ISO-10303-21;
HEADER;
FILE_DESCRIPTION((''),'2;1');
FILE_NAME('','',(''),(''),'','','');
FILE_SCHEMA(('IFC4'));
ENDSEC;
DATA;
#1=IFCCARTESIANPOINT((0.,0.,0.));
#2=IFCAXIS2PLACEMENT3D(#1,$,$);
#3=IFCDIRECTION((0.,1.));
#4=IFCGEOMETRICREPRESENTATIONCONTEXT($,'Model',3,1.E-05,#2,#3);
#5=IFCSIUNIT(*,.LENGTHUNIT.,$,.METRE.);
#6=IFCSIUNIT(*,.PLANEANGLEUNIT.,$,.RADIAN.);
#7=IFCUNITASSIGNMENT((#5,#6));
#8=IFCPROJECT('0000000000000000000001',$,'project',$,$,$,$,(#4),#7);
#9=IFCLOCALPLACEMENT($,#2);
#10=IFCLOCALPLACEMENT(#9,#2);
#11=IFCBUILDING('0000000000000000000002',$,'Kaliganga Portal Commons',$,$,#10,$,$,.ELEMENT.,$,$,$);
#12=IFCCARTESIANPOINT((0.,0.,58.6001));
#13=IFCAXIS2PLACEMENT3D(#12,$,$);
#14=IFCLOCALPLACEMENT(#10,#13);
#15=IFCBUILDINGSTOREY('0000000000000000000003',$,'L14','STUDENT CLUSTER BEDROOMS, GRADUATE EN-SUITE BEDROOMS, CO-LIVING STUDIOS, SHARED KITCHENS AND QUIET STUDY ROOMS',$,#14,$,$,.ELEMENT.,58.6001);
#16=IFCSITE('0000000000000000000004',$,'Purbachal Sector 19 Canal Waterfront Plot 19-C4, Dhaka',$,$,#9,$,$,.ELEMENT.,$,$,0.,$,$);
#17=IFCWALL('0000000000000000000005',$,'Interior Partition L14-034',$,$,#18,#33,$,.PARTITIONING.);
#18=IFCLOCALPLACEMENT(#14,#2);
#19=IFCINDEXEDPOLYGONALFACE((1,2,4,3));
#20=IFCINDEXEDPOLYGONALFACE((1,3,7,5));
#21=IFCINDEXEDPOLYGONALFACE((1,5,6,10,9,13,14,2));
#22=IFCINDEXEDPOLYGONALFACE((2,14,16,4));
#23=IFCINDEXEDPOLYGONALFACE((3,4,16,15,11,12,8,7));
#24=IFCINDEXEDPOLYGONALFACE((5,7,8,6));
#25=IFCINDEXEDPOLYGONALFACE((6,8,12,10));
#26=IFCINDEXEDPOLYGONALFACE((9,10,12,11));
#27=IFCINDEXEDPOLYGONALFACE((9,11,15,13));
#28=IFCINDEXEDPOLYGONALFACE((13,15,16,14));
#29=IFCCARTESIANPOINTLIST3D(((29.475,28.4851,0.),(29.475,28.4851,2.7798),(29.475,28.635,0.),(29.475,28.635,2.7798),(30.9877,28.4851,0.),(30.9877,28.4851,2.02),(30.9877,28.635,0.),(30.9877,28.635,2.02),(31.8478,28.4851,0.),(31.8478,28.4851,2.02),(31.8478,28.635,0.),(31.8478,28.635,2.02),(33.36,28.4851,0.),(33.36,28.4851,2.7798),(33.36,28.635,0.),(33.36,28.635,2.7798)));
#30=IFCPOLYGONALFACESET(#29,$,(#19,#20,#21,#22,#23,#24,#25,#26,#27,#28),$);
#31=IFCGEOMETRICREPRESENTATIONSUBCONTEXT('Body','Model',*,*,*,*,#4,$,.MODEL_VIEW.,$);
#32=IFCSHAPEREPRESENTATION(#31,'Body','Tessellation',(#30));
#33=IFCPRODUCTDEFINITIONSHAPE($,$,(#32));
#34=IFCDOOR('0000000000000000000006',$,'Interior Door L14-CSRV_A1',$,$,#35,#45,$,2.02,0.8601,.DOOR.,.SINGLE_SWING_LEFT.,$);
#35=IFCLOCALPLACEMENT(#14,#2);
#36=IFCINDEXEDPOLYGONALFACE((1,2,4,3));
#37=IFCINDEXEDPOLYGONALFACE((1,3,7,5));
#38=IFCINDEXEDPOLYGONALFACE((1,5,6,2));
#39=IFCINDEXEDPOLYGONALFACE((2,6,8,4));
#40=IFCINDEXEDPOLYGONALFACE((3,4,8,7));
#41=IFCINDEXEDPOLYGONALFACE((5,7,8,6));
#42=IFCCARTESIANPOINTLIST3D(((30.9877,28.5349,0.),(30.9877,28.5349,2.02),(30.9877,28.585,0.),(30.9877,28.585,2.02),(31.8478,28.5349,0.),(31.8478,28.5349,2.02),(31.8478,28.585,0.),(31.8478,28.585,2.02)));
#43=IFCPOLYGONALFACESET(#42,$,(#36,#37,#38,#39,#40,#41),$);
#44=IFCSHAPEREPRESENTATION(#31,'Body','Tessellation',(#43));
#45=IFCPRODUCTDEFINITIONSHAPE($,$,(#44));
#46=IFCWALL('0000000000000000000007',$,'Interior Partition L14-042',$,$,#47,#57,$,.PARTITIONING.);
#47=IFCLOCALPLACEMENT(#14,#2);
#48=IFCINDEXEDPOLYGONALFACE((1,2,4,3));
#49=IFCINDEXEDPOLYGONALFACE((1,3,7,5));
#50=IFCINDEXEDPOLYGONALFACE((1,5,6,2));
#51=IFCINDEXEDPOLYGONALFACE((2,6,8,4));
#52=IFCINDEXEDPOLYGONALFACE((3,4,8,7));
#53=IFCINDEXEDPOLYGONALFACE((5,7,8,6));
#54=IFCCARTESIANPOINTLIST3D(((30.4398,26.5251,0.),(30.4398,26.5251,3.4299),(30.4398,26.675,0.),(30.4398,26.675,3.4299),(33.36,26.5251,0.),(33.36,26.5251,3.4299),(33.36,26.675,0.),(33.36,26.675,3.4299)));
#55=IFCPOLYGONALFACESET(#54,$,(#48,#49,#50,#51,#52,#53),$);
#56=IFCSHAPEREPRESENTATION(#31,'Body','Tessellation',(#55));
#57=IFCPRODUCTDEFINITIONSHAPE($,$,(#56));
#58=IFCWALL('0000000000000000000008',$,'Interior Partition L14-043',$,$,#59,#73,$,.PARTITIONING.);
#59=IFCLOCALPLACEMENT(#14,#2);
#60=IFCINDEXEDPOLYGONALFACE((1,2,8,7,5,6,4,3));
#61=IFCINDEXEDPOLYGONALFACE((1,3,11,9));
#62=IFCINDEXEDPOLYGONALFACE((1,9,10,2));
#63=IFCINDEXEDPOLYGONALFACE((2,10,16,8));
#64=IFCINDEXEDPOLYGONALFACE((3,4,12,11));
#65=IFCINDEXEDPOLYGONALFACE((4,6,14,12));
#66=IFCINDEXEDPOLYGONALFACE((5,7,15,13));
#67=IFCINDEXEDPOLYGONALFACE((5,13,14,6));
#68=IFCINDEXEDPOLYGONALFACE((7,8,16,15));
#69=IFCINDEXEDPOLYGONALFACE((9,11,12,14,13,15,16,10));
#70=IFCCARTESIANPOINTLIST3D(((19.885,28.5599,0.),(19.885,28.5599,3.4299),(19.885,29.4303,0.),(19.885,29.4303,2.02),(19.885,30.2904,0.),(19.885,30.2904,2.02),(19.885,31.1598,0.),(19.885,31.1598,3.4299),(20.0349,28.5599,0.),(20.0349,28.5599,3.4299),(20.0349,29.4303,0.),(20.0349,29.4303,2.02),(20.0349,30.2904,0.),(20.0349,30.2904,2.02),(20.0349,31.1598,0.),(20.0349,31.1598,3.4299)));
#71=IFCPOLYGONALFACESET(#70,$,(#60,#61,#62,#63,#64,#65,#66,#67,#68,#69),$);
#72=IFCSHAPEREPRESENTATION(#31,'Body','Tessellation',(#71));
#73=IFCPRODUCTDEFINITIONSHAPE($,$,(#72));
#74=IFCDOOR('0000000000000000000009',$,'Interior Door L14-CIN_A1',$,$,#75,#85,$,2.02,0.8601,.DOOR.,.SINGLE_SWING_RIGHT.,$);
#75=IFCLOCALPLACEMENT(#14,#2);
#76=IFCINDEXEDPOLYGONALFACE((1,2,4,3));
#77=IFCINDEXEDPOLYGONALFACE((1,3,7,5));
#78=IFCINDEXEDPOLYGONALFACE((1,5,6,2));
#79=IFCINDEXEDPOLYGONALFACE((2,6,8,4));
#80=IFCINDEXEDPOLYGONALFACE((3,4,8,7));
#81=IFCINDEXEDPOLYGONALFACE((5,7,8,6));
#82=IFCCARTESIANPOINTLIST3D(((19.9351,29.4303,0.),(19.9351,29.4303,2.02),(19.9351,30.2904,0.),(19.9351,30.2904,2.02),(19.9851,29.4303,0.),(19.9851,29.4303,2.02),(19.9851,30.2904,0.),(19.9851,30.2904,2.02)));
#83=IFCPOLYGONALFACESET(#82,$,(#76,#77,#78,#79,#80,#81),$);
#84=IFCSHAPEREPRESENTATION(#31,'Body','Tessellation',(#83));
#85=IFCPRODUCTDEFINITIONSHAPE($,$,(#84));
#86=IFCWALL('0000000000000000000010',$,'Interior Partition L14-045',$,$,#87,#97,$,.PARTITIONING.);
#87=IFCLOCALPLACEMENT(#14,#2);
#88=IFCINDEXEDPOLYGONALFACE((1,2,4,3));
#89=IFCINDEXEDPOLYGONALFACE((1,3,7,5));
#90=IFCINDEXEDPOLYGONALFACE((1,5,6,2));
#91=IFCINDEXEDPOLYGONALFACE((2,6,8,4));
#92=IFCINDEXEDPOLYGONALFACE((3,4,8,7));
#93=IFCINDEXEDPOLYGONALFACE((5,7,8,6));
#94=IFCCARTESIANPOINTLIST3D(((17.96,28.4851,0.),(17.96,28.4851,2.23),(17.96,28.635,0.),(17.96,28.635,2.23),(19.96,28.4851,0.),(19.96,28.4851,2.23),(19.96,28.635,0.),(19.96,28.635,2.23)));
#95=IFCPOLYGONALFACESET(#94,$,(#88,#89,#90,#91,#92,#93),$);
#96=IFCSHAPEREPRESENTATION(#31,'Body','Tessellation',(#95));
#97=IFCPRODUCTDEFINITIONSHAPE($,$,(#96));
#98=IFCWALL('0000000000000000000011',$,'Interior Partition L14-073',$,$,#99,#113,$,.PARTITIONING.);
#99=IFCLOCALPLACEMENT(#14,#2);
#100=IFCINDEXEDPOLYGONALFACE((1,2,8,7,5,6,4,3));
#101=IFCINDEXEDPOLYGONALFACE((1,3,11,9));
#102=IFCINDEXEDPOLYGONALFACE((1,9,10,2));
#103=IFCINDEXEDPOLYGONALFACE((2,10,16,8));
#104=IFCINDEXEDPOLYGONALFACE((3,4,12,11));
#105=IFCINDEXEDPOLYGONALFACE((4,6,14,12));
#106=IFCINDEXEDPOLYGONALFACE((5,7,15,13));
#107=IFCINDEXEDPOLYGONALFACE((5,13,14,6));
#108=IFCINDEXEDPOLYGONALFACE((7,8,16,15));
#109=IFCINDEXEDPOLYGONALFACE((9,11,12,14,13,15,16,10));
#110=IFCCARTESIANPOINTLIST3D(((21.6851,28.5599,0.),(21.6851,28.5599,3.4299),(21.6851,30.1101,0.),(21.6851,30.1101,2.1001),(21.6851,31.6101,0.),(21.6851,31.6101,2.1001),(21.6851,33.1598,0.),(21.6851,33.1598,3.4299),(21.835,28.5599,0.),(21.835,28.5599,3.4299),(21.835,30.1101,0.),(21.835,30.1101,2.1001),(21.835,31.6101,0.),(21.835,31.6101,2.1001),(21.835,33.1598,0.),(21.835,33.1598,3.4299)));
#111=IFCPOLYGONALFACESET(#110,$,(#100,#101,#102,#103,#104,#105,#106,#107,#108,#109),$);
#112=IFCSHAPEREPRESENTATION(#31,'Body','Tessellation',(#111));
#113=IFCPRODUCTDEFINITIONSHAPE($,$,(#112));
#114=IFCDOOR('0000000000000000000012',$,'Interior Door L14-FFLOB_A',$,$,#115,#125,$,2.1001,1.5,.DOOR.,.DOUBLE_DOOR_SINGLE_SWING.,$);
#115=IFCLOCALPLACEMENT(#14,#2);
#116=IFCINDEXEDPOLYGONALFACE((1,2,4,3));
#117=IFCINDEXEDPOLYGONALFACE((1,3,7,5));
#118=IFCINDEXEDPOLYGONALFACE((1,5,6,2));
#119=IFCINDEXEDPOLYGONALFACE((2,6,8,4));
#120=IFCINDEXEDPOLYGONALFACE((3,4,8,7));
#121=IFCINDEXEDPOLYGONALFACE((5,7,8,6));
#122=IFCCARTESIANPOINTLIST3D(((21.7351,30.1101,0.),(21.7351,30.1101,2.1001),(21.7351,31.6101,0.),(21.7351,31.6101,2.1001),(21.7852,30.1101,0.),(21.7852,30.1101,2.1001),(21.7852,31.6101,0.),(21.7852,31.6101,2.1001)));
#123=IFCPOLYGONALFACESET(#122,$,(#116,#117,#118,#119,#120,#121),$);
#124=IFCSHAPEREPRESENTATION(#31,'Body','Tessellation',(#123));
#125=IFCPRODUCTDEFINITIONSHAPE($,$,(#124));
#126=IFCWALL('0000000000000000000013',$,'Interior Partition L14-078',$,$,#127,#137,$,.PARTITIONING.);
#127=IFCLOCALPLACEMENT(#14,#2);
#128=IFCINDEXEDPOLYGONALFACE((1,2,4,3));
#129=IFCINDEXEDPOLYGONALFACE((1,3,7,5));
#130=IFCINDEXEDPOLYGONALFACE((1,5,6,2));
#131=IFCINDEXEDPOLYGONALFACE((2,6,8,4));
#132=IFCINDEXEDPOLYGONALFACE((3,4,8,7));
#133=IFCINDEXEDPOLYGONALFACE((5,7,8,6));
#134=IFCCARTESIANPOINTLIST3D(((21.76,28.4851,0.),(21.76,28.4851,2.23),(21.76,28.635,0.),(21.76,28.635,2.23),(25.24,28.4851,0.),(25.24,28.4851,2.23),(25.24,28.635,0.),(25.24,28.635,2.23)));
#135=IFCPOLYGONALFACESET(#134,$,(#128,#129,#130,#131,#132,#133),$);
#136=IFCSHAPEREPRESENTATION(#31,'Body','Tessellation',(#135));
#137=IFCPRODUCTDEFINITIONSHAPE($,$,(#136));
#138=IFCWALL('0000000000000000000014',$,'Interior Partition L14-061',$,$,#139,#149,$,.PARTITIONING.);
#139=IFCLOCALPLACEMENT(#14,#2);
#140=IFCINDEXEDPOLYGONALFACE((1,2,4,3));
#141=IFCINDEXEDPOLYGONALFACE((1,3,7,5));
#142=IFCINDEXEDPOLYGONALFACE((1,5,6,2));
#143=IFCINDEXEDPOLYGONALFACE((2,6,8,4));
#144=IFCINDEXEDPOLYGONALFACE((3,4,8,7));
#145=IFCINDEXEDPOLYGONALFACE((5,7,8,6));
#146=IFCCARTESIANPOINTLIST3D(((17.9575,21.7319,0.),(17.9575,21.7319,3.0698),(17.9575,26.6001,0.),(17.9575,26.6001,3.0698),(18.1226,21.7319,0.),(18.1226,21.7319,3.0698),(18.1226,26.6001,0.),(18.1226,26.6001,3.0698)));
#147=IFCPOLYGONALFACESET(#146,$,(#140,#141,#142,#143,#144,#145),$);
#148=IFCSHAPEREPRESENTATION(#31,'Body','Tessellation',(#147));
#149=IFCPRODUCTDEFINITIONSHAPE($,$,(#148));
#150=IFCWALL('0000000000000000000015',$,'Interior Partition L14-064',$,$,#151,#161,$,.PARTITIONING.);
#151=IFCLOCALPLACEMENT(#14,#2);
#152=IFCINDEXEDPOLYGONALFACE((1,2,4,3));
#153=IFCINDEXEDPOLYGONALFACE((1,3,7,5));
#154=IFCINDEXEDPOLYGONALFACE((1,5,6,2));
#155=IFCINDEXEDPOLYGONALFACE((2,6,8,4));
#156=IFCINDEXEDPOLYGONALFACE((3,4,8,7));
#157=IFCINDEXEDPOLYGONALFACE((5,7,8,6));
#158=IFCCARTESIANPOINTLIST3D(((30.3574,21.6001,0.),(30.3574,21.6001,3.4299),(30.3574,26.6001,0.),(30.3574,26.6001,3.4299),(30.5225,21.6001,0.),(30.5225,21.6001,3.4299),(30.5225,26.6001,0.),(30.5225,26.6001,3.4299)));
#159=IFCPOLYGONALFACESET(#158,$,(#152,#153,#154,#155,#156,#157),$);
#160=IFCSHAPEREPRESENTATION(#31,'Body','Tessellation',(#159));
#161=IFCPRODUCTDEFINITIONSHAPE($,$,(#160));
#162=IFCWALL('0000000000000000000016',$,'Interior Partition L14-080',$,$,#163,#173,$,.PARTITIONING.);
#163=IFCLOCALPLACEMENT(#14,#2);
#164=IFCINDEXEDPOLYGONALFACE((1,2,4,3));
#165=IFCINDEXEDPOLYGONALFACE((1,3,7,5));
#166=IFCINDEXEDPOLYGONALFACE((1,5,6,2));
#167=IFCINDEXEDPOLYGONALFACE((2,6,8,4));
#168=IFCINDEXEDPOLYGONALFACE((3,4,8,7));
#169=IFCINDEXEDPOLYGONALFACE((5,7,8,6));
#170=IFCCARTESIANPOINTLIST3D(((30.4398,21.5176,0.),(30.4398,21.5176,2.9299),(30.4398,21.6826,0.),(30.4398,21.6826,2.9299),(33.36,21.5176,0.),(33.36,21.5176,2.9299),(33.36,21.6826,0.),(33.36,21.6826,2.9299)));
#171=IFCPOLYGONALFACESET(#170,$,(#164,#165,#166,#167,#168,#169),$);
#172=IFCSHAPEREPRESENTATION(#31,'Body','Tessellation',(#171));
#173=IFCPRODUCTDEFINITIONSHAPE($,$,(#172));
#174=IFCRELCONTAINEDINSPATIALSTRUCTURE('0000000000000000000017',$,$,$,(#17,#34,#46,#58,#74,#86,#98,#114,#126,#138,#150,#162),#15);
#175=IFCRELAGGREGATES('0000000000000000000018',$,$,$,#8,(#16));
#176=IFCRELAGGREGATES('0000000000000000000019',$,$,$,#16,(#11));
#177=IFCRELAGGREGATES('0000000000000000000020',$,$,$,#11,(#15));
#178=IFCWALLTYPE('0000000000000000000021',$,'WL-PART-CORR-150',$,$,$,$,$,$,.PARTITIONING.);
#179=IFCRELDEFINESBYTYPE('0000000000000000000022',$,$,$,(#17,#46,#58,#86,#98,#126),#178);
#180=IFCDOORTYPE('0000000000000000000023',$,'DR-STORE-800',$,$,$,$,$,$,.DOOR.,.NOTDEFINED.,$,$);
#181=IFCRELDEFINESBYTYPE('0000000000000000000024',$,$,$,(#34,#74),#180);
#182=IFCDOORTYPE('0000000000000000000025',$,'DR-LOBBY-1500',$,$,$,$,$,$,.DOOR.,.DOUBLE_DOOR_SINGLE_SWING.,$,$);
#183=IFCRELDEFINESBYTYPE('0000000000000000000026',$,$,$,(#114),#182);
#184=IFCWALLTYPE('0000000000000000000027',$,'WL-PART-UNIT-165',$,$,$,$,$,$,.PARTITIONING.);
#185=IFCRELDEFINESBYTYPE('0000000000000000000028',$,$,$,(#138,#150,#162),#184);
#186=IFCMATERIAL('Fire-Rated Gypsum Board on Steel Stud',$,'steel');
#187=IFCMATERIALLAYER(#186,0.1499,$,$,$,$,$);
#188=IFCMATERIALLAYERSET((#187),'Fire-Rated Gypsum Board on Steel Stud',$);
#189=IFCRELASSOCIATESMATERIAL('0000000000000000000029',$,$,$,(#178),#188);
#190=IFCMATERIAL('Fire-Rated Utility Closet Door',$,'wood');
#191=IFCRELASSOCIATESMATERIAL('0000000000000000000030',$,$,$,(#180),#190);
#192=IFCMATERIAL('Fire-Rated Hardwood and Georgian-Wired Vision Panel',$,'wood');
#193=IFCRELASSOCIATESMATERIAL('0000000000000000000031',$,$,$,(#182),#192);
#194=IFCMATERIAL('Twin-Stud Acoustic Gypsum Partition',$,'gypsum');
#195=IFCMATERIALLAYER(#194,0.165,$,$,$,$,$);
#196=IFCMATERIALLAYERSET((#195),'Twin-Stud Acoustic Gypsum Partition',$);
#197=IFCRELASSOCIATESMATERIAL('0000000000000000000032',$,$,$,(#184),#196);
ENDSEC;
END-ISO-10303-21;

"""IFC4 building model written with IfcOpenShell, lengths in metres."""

from ifc_helpers import new_model, si_unit, direction, frame, frame_2d, origin, place, context, subcontext, project, spatial, rectangle, extrude, material, layer, layer_set, type_object, element, fill, save


model = new_model("IFC4")

# Units and contexts
model_context = context("Model", 3, precision=1e-05, world=origin(), true_north=direction((0.0, 1.0)))
body_context = subcontext(model_context, "Body", "Model", "MODEL_VIEW")
ifc_project = project(units=[si_unit("LENGTHUNIT", "METRE"), si_unit("PLANEANGLEUNIT", "RADIAN")], contexts=[model_context])

# Site, building, storey
site_placement = place(None, origin())
site = spatial("IfcSite", under=ifc_project, at=site_placement, Name="Purbachal Sector 19 Canal Waterfront Plot 19-C4, Dhaka", CompositionType="ELEMENT", RefElevation=0.0)
building_placement = place(site_placement, origin())
building = spatial("IfcBuilding", under=site, at=building_placement, Name="Kaliganga Portal Commons", CompositionType="ELEMENT")
storey_placement = place(building_placement, frame((0.0, 0.0, 58.6001)))
storey = spatial("IfcBuildingStorey", under=building, at=storey_placement, Name="L14", Description="STUDENT CLUSTER BEDROOMS, GRADUATE EN-SUITE BEDROOMS, CO-LIVING STUDIOS, SHARED KITCHENS AND QUIET STUDY ROOMS", CompositionType="ELEMENT", Elevation=58.6001)

# Wall, opening, door
ifc_material_1 = material(Name="Fire-Rated Gypsum Board on Steel Stud", Category="steel")
ifc_layer_1 = layer(ifc_material_1, 0.1499)
ifc_layer_set_1 = layer_set([ifc_layer_1], Name="Fire-Rated Gypsum Board on Steel Stud")
wall_type_1 = type_object("IfcWallType", Name="WL-PART-CORR-150", PredefinedType="PARTITIONING", material=ifc_layer_set_1)
wall_1_placement = place(storey_placement, frame((29.4751, 28.5601, 0.0), z_axis=(0.0, 0.0, 1.0), x_axis=(1.0, 0.0, 0.0)))
wall_1 = element("IfcWall", 1, at=wall_1_placement, inside=storey, type_object=wall_type_1, Name="Interior Partition L14-034", PredefinedType="PARTITIONING", context=body_context, shape_type="SweptSolid", body=[
    extrude(rectangle(XDim=3.885, YDim=0.1499, at=frame_2d((1.9424, 0.0))), origin(), (0.0, 0.0, 1.0), 2.7798),
])
opening_1_placement = place(wall_1_placement, frame((1.5125, 0.0, 0.0)))
opening_1 = element("IfcOpeningElement", 2, at=opening_1_placement, cuts=wall_1, PredefinedType="OPENING", context=body_context, shape_type="SweptSolid", body=[
    extrude(rectangle(XDim=0.8601, YDim=2.02, at=frame_2d((0.4302, 1.01))), frame((0.0, 0.085, 0.0), z_axis=(0.0, -1.0, 0.0), x_axis=(1.0, 0.0, 0.0)), (0.0, 0.0, 1.0), 0.1699),
])
ifc_material_2 = material(Name="Fire-Rated Utility Closet Door", Category="wood")
door_type_1 = type_object("IfcDoorType", Name="DR-STORE-800", OperationType="NOTDEFINED", PredefinedType="DOOR", material=ifc_material_2)
door_1_placement = place(opening_1_placement, origin())
door_1 = element("IfcDoor", 3, at=door_1_placement, inside=storey, type_object=door_type_1, Name="Interior Door L14-CSRV_A1", OperationType="SINGLE_SWING_LEFT", OverallHeight=2.02, OverallWidth=0.8601, PredefinedType="DOOR", context=body_context, shape_type="SweptSolid", body=[
    extrude(rectangle(XDim=0.8601, YDim=2.02, at=frame_2d((0.4302, 1.01))), frame((0.0, 0.0249, 0.0), z_axis=(0.0, -1.0, 0.0), x_axis=(1.0, 0.0, 0.0)), (0.0, 0.0, 1.0), 0.05),
])
fill(opening_1, door_1)

# Wall
wall_2_placement = place(storey_placement, frame((30.4399, 26.6001, 0.0), z_axis=(0.0, 0.0, 1.0), x_axis=(1.0, 0.0, 0.0)))
element("IfcWall", 4, at=wall_2_placement, inside=storey, type_object=wall_type_1, Name="Interior Partition L14-042", PredefinedType="PARTITIONING", context=body_context, shape_type="SweptSolid", body=[
    extrude(rectangle(XDim=2.9202, YDim=0.1499, at=frame_2d((1.46, 0.0))), origin(), (0.0, 0.0, 1.0), 3.4299),
])

# Wall, opening, door
wall_3_placement = place(storey_placement, frame((19.96, 28.5601, 0.0), z_axis=(0.0, 0.0, 1.0), x_axis=(0.0, 1.0, 0.0)))
wall_3 = element("IfcWall", 5, at=wall_3_placement, inside=storey, type_object=wall_type_1, Name="Interior Partition L14-043", PredefinedType="PARTITIONING", context=body_context, shape_type="SweptSolid", body=[
    extrude(rectangle(XDim=2.5999, YDim=0.1499, at=frame_2d((1.2998, 0.0))), origin(), (0.0, 0.0, 1.0), 3.4299),
])
opening_2_placement = place(wall_3_placement, frame((0.8701, 0.0, 0.0)))
opening_2 = element("IfcOpeningElement", 6, at=opening_2_placement, cuts=wall_3, PredefinedType="OPENING", context=body_context, shape_type="SweptSolid", body=[
    extrude(rectangle(XDim=0.8601, YDim=2.02, at=frame_2d((0.4302, 1.01))), frame((0.0, 0.085, 0.0), z_axis=(0.0, -1.0, 0.0), x_axis=(1.0, 0.0, 0.0)), (0.0, 0.0, 1.0), 0.1699),
])
door_2_placement = place(opening_2_placement, origin())
door_2 = element("IfcDoor", 7, at=door_2_placement, inside=storey, type_object=door_type_1, Name="Interior Door L14-CIN_A1", OperationType="SINGLE_SWING_RIGHT", OverallHeight=2.02, OverallWidth=0.8601, PredefinedType="DOOR", context=body_context, shape_type="SweptSolid", body=[
    extrude(rectangle(XDim=0.8601, YDim=2.02, at=frame_2d((0.4302, 1.01))), frame((0.0, 0.0249, 0.0), z_axis=(0.0, -1.0, 0.0), x_axis=(1.0, 0.0, 0.0)), (0.0, 0.0, 1.0), 0.05),
])
fill(opening_2, door_2)

# Wall
wall_4_placement = place(storey_placement, frame((17.96, 28.5601, 0.0), z_axis=(0.0, 0.0, 1.0), x_axis=(1.0, 0.0, 0.0)))
element("IfcWall", 8, at=wall_4_placement, inside=storey, type_object=wall_type_1, Name="Interior Partition L14-045", PredefinedType="PARTITIONING", context=body_context, shape_type="SweptSolid", body=[
    extrude(rectangle(XDim=2.0, YDim=0.1499, at=frame_2d((1.0, 0.0))), origin(), (0.0, 0.0, 1.0), 2.23),
])

# Wall, opening, door
wall_5_placement = place(storey_placement, frame((21.76, 28.5601, 0.0), z_axis=(0.0, 0.0, 1.0), x_axis=(0.0, 1.0, 0.0)))
wall_5 = element("IfcWall", 9, at=wall_5_placement, inside=storey, type_object=wall_type_1, Name="Interior Partition L14-073", PredefinedType="PARTITIONING", context=body_context, shape_type="SweptSolid", body=[
    extrude(rectangle(XDim=4.5999, YDim=0.1499, at=frame_2d((2.2998, 0.0))), origin(), (0.0, 0.0, 1.0), 3.4299),
])
opening_3_placement = place(wall_5_placement, frame((1.55, 0.0, 0.0)))
opening_3 = element("IfcOpeningElement", 10, at=opening_3_placement, cuts=wall_5, PredefinedType="OPENING", context=body_context, shape_type="SweptSolid", body=[
    extrude(rectangle(XDim=1.5, YDim=2.1001, at=frame_2d((0.75, 1.05))), frame((0.0, 0.085, 0.0), z_axis=(0.0, -1.0, 0.0), x_axis=(1.0, 0.0, 0.0)), (0.0, 0.0, 1.0), 0.1699),
])
ifc_material_3 = material(Name="Fire-Rated Hardwood and Georgian-Wired Vision Panel", Category="wood")
door_type_2 = type_object("IfcDoorType", Name="DR-LOBBY-1500", OperationType="DOUBLE_DOOR_SINGLE_SWING", PredefinedType="DOOR", material=ifc_material_3)
door_3_placement = place(opening_3_placement, origin())
door_3 = element("IfcDoor", 11, at=door_3_placement, inside=storey, type_object=door_type_2, Name="Interior Door L14-FFLOB_A", OperationType="DOUBLE_DOOR_SINGLE_SWING", OverallHeight=2.1001, OverallWidth=1.5, PredefinedType="DOOR", context=body_context, shape_type="SweptSolid", body=[
    extrude(rectangle(XDim=1.5, YDim=2.1001, at=frame_2d((0.75, 1.05))), frame((0.0, 0.0249, 0.0), z_axis=(0.0, -1.0, 0.0), x_axis=(1.0, 0.0, 0.0)), (0.0, 0.0, 1.0), 0.05),
])
fill(opening_3, door_3)

# Walls
wall_6_placement = place(storey_placement, frame((21.76, 28.5601, 0.0), z_axis=(0.0, 0.0, 1.0), x_axis=(1.0, 0.0, 0.0)))
element("IfcWall", 12, at=wall_6_placement, inside=storey, type_object=wall_type_1, Name="Interior Partition L14-078", PredefinedType="PARTITIONING", context=body_context, shape_type="SweptSolid", body=[
    extrude(rectangle(XDim=3.48, YDim=0.1499, at=frame_2d((1.74, 0.0))), origin(), (0.0, 0.0, 1.0), 2.23),
])
ifc_material_4 = material(Name="Twin-Stud Acoustic Gypsum Partition", Category="gypsum")
ifc_layer_2 = layer(ifc_material_4, 0.165)
ifc_layer_set_2 = layer_set([ifc_layer_2], Name="Twin-Stud Acoustic Gypsum Partition")
wall_type_2 = type_object("IfcWallType", Name="WL-PART-UNIT-165", PredefinedType="PARTITIONING", material=ifc_layer_set_2)
wall_7_placement = place(storey_placement, frame((18.04, 21.7319, 0.0), z_axis=(0.0, 0.0, 1.0), x_axis=(0.0, 1.0, 0.0)))
element("IfcWall", 13, at=wall_7_placement, inside=storey, type_object=wall_type_2, Name="Interior Partition L14-061", PredefinedType="PARTITIONING", context=body_context, shape_type="SweptSolid", body=[
    extrude(rectangle(XDim=4.8682, YDim=0.165, at=frame_2d((2.4341, 0.0))), origin(), (0.0, 0.0, 1.0), 3.0698),
])
wall_8_placement = place(storey_placement, frame((30.4399, 21.6001, 0.0), z_axis=(0.0, 0.0, 1.0), x_axis=(0.0, 1.0, 0.0)))
element("IfcWall", 14, at=wall_8_placement, inside=storey, type_object=wall_type_2, Name="Interior Partition L14-064", PredefinedType="PARTITIONING", context=body_context, shape_type="SweptSolid", body=[
    extrude(rectangle(XDim=5.0, YDim=0.165, at=frame_2d((2.5, 0.0))), origin(), (0.0, 0.0, 1.0), 3.4299),
])
wall_9_placement = place(storey_placement, frame((30.4399, 21.6001, 0.0), z_axis=(0.0, 0.0, 1.0), x_axis=(1.0, 0.0, 0.0)))
element("IfcWall", 15, at=wall_9_placement, inside=storey, type_object=wall_type_2, Name="Interior Partition L14-080", PredefinedType="PARTITIONING", context=body_context, shape_type="SweptSolid", body=[
    extrude(rectangle(XDim=2.9202, YDim=0.165, at=frame_2d((1.46, 0.0))), origin(), (0.0, 0.0, 1.0), 2.9299),
])

save(model, "model.ifc")
